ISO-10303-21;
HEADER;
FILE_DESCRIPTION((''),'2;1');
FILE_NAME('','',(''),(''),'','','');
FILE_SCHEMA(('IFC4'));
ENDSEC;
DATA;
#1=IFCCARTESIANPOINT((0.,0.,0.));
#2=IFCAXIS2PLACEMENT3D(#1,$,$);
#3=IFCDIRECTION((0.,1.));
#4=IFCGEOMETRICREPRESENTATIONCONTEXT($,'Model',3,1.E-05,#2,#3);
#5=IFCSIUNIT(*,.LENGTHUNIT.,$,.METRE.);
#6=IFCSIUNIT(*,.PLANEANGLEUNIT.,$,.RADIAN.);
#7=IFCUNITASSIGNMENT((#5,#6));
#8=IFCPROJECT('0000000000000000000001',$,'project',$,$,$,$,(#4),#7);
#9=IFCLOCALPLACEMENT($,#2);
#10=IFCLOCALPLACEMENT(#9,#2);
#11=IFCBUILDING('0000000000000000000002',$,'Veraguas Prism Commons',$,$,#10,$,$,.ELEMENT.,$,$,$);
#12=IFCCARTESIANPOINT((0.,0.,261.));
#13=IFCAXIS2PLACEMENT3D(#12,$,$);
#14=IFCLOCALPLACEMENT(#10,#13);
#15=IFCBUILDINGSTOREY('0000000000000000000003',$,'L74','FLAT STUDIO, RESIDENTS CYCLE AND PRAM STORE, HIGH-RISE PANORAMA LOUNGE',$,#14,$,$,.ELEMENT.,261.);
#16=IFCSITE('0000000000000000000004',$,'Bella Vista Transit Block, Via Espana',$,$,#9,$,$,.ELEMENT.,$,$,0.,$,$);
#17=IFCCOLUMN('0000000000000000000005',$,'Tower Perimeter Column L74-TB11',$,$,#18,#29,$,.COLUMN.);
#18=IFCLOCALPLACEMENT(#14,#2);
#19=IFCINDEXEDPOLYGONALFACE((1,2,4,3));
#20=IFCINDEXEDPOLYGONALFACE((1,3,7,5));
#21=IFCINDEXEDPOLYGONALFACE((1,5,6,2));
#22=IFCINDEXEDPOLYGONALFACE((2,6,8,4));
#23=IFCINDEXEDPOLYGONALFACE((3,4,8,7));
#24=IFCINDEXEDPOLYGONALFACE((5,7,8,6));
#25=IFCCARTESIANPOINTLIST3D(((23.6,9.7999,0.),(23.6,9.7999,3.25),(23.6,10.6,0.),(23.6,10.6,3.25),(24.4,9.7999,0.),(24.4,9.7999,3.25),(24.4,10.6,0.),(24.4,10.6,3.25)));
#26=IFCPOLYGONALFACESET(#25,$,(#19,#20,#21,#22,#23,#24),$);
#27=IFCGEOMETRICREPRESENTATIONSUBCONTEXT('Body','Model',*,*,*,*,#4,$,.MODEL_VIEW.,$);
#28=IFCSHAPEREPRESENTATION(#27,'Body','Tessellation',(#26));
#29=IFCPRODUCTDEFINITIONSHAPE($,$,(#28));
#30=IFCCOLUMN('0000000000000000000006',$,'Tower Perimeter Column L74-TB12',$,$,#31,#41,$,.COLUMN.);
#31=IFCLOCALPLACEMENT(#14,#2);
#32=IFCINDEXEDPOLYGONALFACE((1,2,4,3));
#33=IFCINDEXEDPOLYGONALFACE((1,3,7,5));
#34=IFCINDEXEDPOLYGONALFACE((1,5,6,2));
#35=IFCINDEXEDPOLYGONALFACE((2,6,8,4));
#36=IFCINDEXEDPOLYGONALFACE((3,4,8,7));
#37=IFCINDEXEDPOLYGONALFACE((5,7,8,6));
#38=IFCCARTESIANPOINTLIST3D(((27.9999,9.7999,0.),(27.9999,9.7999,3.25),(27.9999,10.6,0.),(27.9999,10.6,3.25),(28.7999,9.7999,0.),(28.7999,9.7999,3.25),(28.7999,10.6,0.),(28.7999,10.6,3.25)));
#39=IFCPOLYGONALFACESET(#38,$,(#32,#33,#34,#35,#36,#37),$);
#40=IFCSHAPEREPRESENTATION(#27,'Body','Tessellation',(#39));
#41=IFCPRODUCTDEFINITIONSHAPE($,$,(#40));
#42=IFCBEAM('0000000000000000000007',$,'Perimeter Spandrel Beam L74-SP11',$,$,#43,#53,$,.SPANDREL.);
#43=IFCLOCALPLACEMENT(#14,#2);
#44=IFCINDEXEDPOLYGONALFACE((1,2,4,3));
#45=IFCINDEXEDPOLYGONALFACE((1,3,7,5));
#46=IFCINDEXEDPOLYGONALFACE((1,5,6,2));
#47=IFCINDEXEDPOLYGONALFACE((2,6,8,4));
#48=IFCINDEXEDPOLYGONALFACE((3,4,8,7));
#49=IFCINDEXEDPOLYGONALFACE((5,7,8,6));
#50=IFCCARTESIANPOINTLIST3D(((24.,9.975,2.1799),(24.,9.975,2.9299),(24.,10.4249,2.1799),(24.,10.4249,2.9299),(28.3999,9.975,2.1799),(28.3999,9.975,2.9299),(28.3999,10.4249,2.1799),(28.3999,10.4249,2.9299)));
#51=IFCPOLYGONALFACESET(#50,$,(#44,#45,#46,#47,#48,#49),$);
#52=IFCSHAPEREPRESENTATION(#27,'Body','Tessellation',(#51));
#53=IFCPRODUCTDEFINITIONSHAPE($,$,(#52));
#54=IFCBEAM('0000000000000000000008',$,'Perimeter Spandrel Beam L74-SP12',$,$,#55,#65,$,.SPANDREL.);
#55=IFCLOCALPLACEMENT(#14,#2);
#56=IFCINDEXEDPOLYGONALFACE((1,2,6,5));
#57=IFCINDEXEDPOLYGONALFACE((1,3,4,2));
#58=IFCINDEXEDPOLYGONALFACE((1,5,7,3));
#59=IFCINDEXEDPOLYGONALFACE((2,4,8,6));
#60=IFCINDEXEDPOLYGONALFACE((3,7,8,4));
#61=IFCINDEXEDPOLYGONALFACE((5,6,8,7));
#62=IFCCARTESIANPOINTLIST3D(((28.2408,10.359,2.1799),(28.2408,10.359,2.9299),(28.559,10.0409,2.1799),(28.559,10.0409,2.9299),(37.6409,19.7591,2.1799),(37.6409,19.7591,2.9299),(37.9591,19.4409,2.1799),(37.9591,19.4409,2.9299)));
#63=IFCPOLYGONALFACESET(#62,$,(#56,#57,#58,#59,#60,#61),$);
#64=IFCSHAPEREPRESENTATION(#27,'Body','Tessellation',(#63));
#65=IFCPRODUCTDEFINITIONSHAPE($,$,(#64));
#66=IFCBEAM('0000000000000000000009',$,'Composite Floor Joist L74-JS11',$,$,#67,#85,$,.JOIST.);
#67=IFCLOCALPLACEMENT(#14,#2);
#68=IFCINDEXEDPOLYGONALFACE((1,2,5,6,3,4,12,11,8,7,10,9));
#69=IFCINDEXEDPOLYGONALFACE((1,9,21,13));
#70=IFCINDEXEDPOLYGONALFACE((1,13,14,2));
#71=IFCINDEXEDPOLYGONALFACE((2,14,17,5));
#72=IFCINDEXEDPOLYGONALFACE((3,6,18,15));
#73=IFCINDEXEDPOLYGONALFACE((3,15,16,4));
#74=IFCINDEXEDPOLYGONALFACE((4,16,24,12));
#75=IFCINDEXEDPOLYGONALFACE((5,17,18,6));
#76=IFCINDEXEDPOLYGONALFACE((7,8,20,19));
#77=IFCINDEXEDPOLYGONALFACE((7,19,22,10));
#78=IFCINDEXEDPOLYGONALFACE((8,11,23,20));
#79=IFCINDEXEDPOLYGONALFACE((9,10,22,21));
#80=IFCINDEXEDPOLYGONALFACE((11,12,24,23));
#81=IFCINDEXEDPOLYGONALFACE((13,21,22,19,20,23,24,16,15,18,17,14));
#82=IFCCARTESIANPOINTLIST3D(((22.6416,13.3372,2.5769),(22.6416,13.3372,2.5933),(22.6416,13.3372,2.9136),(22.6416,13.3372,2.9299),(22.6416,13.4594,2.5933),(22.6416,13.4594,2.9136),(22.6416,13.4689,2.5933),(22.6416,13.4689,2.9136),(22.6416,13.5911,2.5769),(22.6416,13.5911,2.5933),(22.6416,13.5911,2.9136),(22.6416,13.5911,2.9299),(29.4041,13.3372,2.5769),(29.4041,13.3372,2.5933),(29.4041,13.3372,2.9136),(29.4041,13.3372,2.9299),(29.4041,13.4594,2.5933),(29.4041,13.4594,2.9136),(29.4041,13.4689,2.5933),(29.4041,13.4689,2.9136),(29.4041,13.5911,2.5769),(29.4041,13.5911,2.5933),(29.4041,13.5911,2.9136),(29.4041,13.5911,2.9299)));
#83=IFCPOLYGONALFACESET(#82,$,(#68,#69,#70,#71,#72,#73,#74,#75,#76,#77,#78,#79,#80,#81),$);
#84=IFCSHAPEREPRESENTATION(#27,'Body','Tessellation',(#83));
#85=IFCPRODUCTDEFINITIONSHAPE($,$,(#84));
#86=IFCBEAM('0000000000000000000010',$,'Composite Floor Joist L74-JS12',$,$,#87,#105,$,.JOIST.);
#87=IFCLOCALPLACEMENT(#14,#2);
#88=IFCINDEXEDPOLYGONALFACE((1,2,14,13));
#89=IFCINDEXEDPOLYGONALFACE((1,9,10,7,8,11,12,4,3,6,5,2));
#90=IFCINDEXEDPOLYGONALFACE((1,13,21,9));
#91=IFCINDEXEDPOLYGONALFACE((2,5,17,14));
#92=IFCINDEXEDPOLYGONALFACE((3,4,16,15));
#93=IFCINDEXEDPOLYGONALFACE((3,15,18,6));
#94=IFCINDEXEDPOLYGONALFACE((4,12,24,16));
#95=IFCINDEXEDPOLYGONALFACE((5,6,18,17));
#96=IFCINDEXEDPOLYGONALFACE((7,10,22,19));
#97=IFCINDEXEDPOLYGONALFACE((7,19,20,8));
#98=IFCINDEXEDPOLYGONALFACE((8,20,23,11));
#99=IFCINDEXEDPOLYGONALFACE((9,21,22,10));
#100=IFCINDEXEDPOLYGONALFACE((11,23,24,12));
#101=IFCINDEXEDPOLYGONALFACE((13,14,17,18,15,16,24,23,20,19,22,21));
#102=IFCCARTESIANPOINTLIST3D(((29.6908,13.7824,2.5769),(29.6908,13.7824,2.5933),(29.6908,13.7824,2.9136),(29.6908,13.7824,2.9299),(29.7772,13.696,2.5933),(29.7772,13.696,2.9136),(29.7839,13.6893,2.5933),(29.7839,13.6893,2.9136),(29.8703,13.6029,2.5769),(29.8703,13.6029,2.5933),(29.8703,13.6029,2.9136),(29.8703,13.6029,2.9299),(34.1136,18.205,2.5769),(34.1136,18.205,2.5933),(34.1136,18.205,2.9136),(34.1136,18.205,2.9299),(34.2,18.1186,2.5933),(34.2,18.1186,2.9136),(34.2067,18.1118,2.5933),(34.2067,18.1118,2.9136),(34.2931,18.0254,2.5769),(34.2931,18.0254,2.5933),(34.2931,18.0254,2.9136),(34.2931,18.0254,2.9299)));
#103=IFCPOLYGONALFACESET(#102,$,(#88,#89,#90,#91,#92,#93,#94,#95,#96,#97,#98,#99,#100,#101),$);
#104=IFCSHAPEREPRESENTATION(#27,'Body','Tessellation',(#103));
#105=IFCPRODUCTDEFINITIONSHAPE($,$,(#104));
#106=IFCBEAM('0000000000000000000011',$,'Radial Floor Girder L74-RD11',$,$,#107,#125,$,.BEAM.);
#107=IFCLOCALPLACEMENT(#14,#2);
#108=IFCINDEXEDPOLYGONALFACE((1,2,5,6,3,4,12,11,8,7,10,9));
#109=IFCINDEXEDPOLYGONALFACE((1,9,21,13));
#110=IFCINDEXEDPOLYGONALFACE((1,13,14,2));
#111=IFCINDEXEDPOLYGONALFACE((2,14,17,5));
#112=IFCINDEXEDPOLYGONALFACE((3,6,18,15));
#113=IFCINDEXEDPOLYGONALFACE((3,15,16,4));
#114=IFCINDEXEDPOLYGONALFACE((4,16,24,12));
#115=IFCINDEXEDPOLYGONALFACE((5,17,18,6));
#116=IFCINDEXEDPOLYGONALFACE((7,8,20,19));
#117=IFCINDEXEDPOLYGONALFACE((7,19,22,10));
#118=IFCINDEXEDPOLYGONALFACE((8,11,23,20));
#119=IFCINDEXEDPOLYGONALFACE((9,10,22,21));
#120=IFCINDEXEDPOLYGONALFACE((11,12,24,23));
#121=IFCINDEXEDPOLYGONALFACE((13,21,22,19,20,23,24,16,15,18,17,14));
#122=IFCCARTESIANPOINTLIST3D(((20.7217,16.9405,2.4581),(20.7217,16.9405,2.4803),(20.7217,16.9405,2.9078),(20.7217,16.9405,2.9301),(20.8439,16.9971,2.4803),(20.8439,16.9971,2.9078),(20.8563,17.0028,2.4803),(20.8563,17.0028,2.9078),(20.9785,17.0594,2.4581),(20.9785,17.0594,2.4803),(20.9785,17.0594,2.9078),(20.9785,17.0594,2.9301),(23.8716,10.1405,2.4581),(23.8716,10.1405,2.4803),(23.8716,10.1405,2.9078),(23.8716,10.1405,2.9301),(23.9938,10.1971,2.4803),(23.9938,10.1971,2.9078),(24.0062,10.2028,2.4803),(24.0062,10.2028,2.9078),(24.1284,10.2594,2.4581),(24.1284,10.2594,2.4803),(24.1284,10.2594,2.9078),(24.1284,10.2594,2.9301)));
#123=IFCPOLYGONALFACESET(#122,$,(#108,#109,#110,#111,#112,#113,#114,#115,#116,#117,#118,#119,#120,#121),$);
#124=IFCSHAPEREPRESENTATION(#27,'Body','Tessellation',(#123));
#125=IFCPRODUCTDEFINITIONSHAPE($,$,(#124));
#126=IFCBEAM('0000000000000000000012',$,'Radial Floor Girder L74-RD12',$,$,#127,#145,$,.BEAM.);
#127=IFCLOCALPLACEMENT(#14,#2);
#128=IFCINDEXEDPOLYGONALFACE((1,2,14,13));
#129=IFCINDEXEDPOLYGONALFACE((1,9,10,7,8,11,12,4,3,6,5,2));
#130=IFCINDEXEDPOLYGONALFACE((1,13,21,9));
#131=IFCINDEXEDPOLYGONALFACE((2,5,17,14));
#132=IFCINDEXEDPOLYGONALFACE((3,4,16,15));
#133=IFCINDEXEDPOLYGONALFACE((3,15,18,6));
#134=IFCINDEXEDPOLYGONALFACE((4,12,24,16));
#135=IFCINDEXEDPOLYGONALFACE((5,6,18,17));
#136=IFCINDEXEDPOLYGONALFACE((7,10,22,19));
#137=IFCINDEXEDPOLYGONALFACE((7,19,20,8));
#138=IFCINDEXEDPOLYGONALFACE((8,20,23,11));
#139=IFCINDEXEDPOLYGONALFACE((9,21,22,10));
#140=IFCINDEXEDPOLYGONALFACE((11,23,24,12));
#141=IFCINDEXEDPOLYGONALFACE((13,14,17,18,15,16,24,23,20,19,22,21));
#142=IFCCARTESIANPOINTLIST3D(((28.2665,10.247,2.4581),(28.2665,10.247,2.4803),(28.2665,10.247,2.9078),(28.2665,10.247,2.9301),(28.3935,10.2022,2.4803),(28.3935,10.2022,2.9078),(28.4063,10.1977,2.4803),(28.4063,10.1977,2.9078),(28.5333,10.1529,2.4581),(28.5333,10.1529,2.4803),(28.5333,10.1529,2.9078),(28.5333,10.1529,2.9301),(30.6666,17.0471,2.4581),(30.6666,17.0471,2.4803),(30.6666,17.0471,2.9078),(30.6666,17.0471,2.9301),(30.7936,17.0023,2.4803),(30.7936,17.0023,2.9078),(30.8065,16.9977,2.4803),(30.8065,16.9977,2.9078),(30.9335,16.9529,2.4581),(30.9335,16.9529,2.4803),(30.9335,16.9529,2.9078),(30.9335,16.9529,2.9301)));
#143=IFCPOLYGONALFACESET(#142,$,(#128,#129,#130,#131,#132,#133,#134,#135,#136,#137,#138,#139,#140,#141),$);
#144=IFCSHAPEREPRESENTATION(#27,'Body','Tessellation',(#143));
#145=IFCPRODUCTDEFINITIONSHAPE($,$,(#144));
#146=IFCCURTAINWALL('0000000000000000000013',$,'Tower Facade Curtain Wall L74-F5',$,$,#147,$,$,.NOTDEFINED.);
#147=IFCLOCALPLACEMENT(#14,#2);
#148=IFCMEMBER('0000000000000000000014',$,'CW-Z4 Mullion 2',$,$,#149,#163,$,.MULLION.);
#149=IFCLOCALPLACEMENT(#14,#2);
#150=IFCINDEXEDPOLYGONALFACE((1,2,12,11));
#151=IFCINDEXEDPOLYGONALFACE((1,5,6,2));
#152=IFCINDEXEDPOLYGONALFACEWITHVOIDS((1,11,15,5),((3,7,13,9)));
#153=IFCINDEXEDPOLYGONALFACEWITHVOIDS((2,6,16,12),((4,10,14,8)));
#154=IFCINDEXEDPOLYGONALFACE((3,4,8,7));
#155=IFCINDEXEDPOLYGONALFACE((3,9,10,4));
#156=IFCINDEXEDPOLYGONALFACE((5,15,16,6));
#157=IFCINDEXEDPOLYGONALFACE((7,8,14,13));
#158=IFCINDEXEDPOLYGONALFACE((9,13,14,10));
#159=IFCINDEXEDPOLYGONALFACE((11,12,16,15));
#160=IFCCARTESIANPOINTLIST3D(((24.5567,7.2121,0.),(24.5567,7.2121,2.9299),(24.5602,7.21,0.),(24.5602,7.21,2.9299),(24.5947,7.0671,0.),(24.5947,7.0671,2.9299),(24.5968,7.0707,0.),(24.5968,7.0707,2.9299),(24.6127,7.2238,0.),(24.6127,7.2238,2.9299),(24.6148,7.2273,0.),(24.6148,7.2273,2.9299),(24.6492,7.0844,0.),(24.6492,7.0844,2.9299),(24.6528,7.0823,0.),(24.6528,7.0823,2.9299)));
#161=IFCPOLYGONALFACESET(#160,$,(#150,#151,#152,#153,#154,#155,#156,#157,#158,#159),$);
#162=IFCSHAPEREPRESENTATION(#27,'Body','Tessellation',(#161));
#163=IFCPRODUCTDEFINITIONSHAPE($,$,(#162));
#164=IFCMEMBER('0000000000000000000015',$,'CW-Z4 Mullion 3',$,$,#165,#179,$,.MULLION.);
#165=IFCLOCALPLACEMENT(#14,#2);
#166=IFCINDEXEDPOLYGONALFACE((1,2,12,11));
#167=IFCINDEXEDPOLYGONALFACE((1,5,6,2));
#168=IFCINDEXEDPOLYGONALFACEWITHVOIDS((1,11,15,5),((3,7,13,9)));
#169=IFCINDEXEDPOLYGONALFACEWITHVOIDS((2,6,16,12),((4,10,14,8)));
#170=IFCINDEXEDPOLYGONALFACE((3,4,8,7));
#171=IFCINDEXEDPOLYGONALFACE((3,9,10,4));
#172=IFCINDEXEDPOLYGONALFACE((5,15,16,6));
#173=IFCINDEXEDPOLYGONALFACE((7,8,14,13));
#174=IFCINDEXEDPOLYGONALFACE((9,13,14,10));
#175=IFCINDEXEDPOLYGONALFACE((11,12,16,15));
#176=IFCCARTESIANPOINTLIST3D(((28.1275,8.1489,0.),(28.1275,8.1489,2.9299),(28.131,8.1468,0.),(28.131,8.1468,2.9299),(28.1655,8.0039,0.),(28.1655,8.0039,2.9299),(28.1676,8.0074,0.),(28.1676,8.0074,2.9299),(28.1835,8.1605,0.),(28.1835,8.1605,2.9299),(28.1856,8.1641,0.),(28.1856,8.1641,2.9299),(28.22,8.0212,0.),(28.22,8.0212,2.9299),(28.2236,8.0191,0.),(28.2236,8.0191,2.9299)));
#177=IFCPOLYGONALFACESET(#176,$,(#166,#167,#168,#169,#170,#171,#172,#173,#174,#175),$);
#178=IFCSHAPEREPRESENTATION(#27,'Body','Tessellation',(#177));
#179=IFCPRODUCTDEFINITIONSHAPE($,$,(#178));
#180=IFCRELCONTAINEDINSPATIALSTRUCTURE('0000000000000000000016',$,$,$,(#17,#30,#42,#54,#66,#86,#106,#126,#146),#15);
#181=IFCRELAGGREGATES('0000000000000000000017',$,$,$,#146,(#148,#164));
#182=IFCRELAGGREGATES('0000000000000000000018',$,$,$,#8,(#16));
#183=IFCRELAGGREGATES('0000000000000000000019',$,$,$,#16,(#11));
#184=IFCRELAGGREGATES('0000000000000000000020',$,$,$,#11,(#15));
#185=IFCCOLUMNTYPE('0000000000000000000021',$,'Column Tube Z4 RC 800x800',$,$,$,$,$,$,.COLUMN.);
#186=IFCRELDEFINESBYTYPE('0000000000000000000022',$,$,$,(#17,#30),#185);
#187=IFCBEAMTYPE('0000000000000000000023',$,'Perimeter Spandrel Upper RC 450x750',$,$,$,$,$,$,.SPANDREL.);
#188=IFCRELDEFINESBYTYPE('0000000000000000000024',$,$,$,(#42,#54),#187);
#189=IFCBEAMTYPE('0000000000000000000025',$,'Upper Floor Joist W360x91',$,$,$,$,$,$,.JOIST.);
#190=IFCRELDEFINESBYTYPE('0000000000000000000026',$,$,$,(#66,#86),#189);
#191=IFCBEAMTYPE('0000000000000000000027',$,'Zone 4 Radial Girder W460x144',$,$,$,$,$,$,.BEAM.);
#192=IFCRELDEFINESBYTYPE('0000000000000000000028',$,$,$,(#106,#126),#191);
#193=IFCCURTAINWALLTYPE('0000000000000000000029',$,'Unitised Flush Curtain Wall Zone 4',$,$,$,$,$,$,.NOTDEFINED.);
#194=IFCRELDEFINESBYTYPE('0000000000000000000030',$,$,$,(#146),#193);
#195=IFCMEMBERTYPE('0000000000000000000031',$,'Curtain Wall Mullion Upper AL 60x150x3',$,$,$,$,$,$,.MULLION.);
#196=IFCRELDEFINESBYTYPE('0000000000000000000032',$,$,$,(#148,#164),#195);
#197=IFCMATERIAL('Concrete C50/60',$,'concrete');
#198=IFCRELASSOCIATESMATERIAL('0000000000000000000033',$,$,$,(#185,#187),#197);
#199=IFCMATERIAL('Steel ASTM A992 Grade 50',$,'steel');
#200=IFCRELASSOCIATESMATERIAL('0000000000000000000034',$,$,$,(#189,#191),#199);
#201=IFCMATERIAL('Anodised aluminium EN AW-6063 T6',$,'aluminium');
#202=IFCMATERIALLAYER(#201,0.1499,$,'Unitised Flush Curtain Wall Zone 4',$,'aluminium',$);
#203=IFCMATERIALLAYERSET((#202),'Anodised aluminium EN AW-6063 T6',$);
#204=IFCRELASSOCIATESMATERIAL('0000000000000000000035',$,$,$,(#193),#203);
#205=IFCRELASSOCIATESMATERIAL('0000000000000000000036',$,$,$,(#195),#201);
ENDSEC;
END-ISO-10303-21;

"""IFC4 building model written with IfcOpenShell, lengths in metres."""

from ifc_helpers import new_model, si_unit, direction, frame, origin, origin_2d, place, context, subcontext, project, spatial, rectangle, hollow_rectangle, i_section, extrude, source, transform, mapped, material, layer, layer_set, material_profile, profile_set, type_object, element, aggregate, save


model = new_model("IFC4")

# Units and contexts
model_context = context("Model", 3, precision=1e-05, world=origin(), true_north=direction((0.0, 1.0)))
body_context = subcontext(model_context, "Body", "Model", "MODEL_VIEW")
ifc_project = project(units=[si_unit("LENGTHUNIT", "METRE"), si_unit("PLANEANGLEUNIT", "RADIAN")], contexts=[model_context])

# Site, building, storey
site_placement = place(None, origin())
site = spatial("IfcSite", under=ifc_project, at=site_placement, Name="Bella Vista Transit Block, Via Espana", CompositionType="ELEMENT", RefElevation=0.0)
building_placement = place(site_placement, origin())
building = spatial("IfcBuilding", under=site, at=building_placement, Name="Veraguas Prism Commons", CompositionType="ELEMENT")
storey_placement = place(building_placement, frame((0.0, 0.0, 261.0)))
storey = spatial("IfcBuildingStorey", under=building, at=storey_placement, Name="L74", Description="FLAT STUDIO, RESIDENTS CYCLE AND PRAM STORE, HIGH-RISE PANORAMA LOUNGE", CompositionType="ELEMENT", Elevation=261.0)

# Columns
ifc_material_1 = material(Name="Concrete C50/60", Category="concrete")
ifc_material_profile_1 = material_profile(ifc_material_1, rectangle(XDim=0.8, YDim=0.8, at=origin_2d()), Name="RC800X800")
ifc_profile_set_1 = profile_set([ifc_material_profile_1], Name="Concrete C50/60")
column_type = type_object("IfcColumnType", Name="Column Tube Z4 RC 800x800", PredefinedType="COLUMN", material=ifc_profile_set_1)
for number, where, z_axis, x_axis, name in (
    (1, (24.0, 10.2, 0.0), (0.0, 0.0, 1.0), (1.0, 0.0, 0.0), "Tower Perimeter Column L74-TB11"),
    (2, (28.3999, 10.2, 0.0), (0.0, 0.0, 1.0), (1.0, 0.0, 0.0), "Tower Perimeter Column L74-TB12"),
):
    element("IfcColumn", number, at=place(storey_placement, frame(where, z_axis=z_axis, x_axis=x_axis)), inside=storey, type_object=column_type, Name=name, PredefinedType="COLUMN", context=body_context, shape_type="SweptSolid", body=[
        extrude(rectangle(XDim=0.8, YDim=0.8, at=origin_2d()), origin(), (0.0, 0.0, 1.0), 3.25),
    ])

# Beams
ifc_material_profile_2 = material_profile(ifc_material_1, rectangle(XDim=0.45, YDim=0.75, at=origin_2d()), Name="RC450X750")
ifc_profile_set_2 = profile_set([ifc_material_profile_2], Name="Concrete C50/60")
beam_type_1 = type_object("IfcBeamType", Name="Perimeter Spandrel Upper RC 450x750", PredefinedType="SPANDREL", material=ifc_profile_set_2)
beam_1_placement = place(storey_placement, frame((24.0, 10.2, 2.5549), z_axis=(1.0, 0.0, 0.0), x_axis=(0.0, 1.0, 0.0)))
element("IfcBeam", 3, at=beam_1_placement, inside=storey, type_object=beam_type_1, Name="Perimeter Spandrel Beam L74-SP11", PredefinedType="SPANDREL", context=body_context, shape_type="SweptSolid", body=[
    extrude(rectangle(XDim=0.45, YDim=0.75, at=origin_2d()), origin(), (0.0, 0.0, 1.0), 4.3999),
])
beam_2_placement = place(storey_placement, frame((28.3999, 10.2, 2.5549), z_axis=(0.707107, 0.707107, 0.0), x_axis=(-0.707107, 0.707107, 0.0)))
element("IfcBeam", 4, at=beam_2_placement, inside=storey, type_object=beam_type_1, Name="Perimeter Spandrel Beam L74-SP12", PredefinedType="SPANDREL", context=body_context, shape_type="SweptSolid", body=[
    extrude(rectangle(XDim=0.45, YDim=0.75, at=origin_2d()), origin(), (0.0, 0.0, 1.0), 13.2937),
])
ifc_material_2 = material(Name="Steel ASTM A992 Grade 50", Category="steel")
ifc_material_profile_3 = material_profile(ifc_material_2, i_section(OverallWidth=0.2539, OverallDepth=0.353, WebThickness=0.0095, FlangeThickness=0.0164, at=origin_2d()), Name="W360X91")
ifc_profile_set_3 = profile_set([ifc_material_profile_3], Name="Steel ASTM A992 Grade 50")
beam_type_2 = type_object("IfcBeamType", Name="Upper Floor Joist W360x91", PredefinedType="JOIST", material=ifc_profile_set_3)
beam_3_placement = place(storey_placement, frame((22.6416, 13.4641, 2.7534), z_axis=(1.0, 0.0, 0.0), x_axis=(0.0, 1.0, 0.0)))
element("IfcBeam", 5, at=beam_3_placement, inside=storey, type_object=beam_type_2, Name="Composite Floor Joist L74-JS11", PredefinedType="JOIST", context=body_context, shape_type="SweptSolid", body=[
    extrude(i_section(OverallWidth=0.2539, OverallDepth=0.353, WebThickness=0.0095, FlangeThickness=0.0164, at=origin_2d()), origin(), (0.0, 0.0, 1.0), 6.7625),
])
beam_4_placement = place(storey_placement, frame((29.7805, 13.6926, 2.7534), z_axis=(0.707126, 0.707087, 0.0), x_axis=(-0.707087, 0.707126, 0.0)))
element("IfcBeam", 6, at=beam_4_placement, inside=storey, type_object=beam_type_2, Name="Composite Floor Joist L74-JS12", PredefinedType="JOIST", context=body_context, shape_type="SweptSolid", body=[
    extrude(i_section(OverallWidth=0.2539, OverallDepth=0.353, WebThickness=0.0095, FlangeThickness=0.0164, at=origin_2d()), origin(), (0.0, 0.0, 1.0), 6.2546),
])
ifc_material_profile_4 = material_profile(ifc_material_2, i_section(OverallWidth=0.283, OverallDepth=0.4719, WebThickness=0.0137, FlangeThickness=0.0222, at=origin_2d()), Name="W460X144")
ifc_profile_set_4 = profile_set([ifc_material_profile_4], Name="Steel ASTM A992 Grade 50")
beam_type_3 = type_object("IfcBeamType", Name="Zone 4 Radial Girder W460x144", PredefinedType="BEAM", material=ifc_profile_set_4)
beam_5_placement = place(storey_placement, frame((24.0, 10.2, 2.6941), z_axis=(-0.420314, 0.907379, 0.0), x_axis=(-0.907379, -0.420314, 0.0)))
element("IfcBeam", 7, at=beam_5_placement, inside=storey, type_object=beam_type_3, Name="Radial Floor Girder L74-RD11", PredefinedType="BEAM", context=body_context, shape_type="SweptSolid", body=[
    extrude(i_section(OverallWidth=0.283, OverallDepth=0.4719, WebThickness=0.0137, FlangeThickness=0.0222, at=origin_2d()), origin(), (0.0, 0.0, 1.0), 7.4941),
])
beam_6_placement = place(storey_placement, frame((28.3999, 10.2, 2.6941), z_axis=(0.332836, 0.942985, 0.0), x_axis=(-0.942985, 0.332836, 0.0)))
element("IfcBeam", 8, at=beam_6_placement, inside=storey, type_object=beam_type_3, Name="Radial Floor Girder L74-RD12", PredefinedType="BEAM", context=body_context, shape_type="SweptSolid", body=[
    extrude(i_section(OverallWidth=0.283, OverallDepth=0.4719, WebThickness=0.0137, FlangeThickness=0.0222, at=origin_2d()), origin(), (0.0, 0.0, 1.0), 7.2112),
])

# Curtain wall, members
ifc_material_3 = material(Name="Anodised aluminium EN AW-6063 T6", Category="aluminium")
ifc_layer_1 = layer(ifc_material_3, 0.1499, Name="Unitised Flush Curtain Wall Zone 4", Category="aluminium")
ifc_layer_set_1 = layer_set([ifc_layer_1], Name="Anodised aluminium EN AW-6063 T6")
curtain_wall_type = type_object("IfcCurtainWallType", Name="Unitised Flush Curtain Wall Zone 4", PredefinedType="NOTDEFINED", material=ifc_layer_set_1)
curtain_wall_placement = place(storey_placement, origin())
curtain_wall = element("IfcCurtainWall", 9, at=curtain_wall_placement, inside=storey, type_object=curtain_wall_type, Name="Tower Facade Curtain Wall L74-F5", PredefinedType="NOTDEFINED")
ifc_material_profile_5 = material_profile(ifc_material_3, hollow_rectangle(XDim=0.0601, YDim=0.1499, WallThickness=0.0029, at=origin_2d()), Name="AL60X150X3")
ifc_profile_set_5 = profile_set([ifc_material_profile_5], Name="Anodised aluminium EN AW-6063 T6")
member_type = type_object("IfcMemberType", Name="Curtain Wall Mullion Upper AL 60x150x3", PredefinedType="MULLION", material=ifc_profile_set_5)
shared_shape_1 = source(origin(), body_context, "Body", "SweptSolid", [
    extrude(hollow_rectangle(XDim=0.0601, YDim=0.1499, WallThickness=0.0029, at=origin_2d()), origin(), (0.0, 0.0, 1.0), 2.9299),
])
member_1_placement = place(storey_placement, frame((24.6047, 7.1472, 0.0), z_axis=(0.0, 0.0, 1.0), x_axis=(0.967266, 0.253765, 0.0)))
member_1 = element("IfcMember", 10, at=member_1_placement, type_object=member_type, Name="CW-Z4 Mullion 2", PredefinedType="MULLION", context=body_context, shape_type="MappedRepresentation", body=[
    mapped(shared_shape_1, transform((0.0, 0.0, 0.0), scale=1.0)),
])
member_2_placement = place(storey_placement, frame((28.1755, 8.084, 0.0), z_axis=(0.0, 0.0, 1.0), x_axis=(0.967266, 0.253765, 0.0)))
member_2 = element("IfcMember", 11, at=member_2_placement, type_object=member_type, Name="CW-Z4 Mullion 3", PredefinedType="MULLION", context=body_context, shape_type="MappedRepresentation", body=[
    mapped(shared_shape_1, transform((0.0, 0.0, 0.0), scale=1.0)),
])
aggregate(curtain_wall, [member_1, member_2])

save(model, "model.ifc")
